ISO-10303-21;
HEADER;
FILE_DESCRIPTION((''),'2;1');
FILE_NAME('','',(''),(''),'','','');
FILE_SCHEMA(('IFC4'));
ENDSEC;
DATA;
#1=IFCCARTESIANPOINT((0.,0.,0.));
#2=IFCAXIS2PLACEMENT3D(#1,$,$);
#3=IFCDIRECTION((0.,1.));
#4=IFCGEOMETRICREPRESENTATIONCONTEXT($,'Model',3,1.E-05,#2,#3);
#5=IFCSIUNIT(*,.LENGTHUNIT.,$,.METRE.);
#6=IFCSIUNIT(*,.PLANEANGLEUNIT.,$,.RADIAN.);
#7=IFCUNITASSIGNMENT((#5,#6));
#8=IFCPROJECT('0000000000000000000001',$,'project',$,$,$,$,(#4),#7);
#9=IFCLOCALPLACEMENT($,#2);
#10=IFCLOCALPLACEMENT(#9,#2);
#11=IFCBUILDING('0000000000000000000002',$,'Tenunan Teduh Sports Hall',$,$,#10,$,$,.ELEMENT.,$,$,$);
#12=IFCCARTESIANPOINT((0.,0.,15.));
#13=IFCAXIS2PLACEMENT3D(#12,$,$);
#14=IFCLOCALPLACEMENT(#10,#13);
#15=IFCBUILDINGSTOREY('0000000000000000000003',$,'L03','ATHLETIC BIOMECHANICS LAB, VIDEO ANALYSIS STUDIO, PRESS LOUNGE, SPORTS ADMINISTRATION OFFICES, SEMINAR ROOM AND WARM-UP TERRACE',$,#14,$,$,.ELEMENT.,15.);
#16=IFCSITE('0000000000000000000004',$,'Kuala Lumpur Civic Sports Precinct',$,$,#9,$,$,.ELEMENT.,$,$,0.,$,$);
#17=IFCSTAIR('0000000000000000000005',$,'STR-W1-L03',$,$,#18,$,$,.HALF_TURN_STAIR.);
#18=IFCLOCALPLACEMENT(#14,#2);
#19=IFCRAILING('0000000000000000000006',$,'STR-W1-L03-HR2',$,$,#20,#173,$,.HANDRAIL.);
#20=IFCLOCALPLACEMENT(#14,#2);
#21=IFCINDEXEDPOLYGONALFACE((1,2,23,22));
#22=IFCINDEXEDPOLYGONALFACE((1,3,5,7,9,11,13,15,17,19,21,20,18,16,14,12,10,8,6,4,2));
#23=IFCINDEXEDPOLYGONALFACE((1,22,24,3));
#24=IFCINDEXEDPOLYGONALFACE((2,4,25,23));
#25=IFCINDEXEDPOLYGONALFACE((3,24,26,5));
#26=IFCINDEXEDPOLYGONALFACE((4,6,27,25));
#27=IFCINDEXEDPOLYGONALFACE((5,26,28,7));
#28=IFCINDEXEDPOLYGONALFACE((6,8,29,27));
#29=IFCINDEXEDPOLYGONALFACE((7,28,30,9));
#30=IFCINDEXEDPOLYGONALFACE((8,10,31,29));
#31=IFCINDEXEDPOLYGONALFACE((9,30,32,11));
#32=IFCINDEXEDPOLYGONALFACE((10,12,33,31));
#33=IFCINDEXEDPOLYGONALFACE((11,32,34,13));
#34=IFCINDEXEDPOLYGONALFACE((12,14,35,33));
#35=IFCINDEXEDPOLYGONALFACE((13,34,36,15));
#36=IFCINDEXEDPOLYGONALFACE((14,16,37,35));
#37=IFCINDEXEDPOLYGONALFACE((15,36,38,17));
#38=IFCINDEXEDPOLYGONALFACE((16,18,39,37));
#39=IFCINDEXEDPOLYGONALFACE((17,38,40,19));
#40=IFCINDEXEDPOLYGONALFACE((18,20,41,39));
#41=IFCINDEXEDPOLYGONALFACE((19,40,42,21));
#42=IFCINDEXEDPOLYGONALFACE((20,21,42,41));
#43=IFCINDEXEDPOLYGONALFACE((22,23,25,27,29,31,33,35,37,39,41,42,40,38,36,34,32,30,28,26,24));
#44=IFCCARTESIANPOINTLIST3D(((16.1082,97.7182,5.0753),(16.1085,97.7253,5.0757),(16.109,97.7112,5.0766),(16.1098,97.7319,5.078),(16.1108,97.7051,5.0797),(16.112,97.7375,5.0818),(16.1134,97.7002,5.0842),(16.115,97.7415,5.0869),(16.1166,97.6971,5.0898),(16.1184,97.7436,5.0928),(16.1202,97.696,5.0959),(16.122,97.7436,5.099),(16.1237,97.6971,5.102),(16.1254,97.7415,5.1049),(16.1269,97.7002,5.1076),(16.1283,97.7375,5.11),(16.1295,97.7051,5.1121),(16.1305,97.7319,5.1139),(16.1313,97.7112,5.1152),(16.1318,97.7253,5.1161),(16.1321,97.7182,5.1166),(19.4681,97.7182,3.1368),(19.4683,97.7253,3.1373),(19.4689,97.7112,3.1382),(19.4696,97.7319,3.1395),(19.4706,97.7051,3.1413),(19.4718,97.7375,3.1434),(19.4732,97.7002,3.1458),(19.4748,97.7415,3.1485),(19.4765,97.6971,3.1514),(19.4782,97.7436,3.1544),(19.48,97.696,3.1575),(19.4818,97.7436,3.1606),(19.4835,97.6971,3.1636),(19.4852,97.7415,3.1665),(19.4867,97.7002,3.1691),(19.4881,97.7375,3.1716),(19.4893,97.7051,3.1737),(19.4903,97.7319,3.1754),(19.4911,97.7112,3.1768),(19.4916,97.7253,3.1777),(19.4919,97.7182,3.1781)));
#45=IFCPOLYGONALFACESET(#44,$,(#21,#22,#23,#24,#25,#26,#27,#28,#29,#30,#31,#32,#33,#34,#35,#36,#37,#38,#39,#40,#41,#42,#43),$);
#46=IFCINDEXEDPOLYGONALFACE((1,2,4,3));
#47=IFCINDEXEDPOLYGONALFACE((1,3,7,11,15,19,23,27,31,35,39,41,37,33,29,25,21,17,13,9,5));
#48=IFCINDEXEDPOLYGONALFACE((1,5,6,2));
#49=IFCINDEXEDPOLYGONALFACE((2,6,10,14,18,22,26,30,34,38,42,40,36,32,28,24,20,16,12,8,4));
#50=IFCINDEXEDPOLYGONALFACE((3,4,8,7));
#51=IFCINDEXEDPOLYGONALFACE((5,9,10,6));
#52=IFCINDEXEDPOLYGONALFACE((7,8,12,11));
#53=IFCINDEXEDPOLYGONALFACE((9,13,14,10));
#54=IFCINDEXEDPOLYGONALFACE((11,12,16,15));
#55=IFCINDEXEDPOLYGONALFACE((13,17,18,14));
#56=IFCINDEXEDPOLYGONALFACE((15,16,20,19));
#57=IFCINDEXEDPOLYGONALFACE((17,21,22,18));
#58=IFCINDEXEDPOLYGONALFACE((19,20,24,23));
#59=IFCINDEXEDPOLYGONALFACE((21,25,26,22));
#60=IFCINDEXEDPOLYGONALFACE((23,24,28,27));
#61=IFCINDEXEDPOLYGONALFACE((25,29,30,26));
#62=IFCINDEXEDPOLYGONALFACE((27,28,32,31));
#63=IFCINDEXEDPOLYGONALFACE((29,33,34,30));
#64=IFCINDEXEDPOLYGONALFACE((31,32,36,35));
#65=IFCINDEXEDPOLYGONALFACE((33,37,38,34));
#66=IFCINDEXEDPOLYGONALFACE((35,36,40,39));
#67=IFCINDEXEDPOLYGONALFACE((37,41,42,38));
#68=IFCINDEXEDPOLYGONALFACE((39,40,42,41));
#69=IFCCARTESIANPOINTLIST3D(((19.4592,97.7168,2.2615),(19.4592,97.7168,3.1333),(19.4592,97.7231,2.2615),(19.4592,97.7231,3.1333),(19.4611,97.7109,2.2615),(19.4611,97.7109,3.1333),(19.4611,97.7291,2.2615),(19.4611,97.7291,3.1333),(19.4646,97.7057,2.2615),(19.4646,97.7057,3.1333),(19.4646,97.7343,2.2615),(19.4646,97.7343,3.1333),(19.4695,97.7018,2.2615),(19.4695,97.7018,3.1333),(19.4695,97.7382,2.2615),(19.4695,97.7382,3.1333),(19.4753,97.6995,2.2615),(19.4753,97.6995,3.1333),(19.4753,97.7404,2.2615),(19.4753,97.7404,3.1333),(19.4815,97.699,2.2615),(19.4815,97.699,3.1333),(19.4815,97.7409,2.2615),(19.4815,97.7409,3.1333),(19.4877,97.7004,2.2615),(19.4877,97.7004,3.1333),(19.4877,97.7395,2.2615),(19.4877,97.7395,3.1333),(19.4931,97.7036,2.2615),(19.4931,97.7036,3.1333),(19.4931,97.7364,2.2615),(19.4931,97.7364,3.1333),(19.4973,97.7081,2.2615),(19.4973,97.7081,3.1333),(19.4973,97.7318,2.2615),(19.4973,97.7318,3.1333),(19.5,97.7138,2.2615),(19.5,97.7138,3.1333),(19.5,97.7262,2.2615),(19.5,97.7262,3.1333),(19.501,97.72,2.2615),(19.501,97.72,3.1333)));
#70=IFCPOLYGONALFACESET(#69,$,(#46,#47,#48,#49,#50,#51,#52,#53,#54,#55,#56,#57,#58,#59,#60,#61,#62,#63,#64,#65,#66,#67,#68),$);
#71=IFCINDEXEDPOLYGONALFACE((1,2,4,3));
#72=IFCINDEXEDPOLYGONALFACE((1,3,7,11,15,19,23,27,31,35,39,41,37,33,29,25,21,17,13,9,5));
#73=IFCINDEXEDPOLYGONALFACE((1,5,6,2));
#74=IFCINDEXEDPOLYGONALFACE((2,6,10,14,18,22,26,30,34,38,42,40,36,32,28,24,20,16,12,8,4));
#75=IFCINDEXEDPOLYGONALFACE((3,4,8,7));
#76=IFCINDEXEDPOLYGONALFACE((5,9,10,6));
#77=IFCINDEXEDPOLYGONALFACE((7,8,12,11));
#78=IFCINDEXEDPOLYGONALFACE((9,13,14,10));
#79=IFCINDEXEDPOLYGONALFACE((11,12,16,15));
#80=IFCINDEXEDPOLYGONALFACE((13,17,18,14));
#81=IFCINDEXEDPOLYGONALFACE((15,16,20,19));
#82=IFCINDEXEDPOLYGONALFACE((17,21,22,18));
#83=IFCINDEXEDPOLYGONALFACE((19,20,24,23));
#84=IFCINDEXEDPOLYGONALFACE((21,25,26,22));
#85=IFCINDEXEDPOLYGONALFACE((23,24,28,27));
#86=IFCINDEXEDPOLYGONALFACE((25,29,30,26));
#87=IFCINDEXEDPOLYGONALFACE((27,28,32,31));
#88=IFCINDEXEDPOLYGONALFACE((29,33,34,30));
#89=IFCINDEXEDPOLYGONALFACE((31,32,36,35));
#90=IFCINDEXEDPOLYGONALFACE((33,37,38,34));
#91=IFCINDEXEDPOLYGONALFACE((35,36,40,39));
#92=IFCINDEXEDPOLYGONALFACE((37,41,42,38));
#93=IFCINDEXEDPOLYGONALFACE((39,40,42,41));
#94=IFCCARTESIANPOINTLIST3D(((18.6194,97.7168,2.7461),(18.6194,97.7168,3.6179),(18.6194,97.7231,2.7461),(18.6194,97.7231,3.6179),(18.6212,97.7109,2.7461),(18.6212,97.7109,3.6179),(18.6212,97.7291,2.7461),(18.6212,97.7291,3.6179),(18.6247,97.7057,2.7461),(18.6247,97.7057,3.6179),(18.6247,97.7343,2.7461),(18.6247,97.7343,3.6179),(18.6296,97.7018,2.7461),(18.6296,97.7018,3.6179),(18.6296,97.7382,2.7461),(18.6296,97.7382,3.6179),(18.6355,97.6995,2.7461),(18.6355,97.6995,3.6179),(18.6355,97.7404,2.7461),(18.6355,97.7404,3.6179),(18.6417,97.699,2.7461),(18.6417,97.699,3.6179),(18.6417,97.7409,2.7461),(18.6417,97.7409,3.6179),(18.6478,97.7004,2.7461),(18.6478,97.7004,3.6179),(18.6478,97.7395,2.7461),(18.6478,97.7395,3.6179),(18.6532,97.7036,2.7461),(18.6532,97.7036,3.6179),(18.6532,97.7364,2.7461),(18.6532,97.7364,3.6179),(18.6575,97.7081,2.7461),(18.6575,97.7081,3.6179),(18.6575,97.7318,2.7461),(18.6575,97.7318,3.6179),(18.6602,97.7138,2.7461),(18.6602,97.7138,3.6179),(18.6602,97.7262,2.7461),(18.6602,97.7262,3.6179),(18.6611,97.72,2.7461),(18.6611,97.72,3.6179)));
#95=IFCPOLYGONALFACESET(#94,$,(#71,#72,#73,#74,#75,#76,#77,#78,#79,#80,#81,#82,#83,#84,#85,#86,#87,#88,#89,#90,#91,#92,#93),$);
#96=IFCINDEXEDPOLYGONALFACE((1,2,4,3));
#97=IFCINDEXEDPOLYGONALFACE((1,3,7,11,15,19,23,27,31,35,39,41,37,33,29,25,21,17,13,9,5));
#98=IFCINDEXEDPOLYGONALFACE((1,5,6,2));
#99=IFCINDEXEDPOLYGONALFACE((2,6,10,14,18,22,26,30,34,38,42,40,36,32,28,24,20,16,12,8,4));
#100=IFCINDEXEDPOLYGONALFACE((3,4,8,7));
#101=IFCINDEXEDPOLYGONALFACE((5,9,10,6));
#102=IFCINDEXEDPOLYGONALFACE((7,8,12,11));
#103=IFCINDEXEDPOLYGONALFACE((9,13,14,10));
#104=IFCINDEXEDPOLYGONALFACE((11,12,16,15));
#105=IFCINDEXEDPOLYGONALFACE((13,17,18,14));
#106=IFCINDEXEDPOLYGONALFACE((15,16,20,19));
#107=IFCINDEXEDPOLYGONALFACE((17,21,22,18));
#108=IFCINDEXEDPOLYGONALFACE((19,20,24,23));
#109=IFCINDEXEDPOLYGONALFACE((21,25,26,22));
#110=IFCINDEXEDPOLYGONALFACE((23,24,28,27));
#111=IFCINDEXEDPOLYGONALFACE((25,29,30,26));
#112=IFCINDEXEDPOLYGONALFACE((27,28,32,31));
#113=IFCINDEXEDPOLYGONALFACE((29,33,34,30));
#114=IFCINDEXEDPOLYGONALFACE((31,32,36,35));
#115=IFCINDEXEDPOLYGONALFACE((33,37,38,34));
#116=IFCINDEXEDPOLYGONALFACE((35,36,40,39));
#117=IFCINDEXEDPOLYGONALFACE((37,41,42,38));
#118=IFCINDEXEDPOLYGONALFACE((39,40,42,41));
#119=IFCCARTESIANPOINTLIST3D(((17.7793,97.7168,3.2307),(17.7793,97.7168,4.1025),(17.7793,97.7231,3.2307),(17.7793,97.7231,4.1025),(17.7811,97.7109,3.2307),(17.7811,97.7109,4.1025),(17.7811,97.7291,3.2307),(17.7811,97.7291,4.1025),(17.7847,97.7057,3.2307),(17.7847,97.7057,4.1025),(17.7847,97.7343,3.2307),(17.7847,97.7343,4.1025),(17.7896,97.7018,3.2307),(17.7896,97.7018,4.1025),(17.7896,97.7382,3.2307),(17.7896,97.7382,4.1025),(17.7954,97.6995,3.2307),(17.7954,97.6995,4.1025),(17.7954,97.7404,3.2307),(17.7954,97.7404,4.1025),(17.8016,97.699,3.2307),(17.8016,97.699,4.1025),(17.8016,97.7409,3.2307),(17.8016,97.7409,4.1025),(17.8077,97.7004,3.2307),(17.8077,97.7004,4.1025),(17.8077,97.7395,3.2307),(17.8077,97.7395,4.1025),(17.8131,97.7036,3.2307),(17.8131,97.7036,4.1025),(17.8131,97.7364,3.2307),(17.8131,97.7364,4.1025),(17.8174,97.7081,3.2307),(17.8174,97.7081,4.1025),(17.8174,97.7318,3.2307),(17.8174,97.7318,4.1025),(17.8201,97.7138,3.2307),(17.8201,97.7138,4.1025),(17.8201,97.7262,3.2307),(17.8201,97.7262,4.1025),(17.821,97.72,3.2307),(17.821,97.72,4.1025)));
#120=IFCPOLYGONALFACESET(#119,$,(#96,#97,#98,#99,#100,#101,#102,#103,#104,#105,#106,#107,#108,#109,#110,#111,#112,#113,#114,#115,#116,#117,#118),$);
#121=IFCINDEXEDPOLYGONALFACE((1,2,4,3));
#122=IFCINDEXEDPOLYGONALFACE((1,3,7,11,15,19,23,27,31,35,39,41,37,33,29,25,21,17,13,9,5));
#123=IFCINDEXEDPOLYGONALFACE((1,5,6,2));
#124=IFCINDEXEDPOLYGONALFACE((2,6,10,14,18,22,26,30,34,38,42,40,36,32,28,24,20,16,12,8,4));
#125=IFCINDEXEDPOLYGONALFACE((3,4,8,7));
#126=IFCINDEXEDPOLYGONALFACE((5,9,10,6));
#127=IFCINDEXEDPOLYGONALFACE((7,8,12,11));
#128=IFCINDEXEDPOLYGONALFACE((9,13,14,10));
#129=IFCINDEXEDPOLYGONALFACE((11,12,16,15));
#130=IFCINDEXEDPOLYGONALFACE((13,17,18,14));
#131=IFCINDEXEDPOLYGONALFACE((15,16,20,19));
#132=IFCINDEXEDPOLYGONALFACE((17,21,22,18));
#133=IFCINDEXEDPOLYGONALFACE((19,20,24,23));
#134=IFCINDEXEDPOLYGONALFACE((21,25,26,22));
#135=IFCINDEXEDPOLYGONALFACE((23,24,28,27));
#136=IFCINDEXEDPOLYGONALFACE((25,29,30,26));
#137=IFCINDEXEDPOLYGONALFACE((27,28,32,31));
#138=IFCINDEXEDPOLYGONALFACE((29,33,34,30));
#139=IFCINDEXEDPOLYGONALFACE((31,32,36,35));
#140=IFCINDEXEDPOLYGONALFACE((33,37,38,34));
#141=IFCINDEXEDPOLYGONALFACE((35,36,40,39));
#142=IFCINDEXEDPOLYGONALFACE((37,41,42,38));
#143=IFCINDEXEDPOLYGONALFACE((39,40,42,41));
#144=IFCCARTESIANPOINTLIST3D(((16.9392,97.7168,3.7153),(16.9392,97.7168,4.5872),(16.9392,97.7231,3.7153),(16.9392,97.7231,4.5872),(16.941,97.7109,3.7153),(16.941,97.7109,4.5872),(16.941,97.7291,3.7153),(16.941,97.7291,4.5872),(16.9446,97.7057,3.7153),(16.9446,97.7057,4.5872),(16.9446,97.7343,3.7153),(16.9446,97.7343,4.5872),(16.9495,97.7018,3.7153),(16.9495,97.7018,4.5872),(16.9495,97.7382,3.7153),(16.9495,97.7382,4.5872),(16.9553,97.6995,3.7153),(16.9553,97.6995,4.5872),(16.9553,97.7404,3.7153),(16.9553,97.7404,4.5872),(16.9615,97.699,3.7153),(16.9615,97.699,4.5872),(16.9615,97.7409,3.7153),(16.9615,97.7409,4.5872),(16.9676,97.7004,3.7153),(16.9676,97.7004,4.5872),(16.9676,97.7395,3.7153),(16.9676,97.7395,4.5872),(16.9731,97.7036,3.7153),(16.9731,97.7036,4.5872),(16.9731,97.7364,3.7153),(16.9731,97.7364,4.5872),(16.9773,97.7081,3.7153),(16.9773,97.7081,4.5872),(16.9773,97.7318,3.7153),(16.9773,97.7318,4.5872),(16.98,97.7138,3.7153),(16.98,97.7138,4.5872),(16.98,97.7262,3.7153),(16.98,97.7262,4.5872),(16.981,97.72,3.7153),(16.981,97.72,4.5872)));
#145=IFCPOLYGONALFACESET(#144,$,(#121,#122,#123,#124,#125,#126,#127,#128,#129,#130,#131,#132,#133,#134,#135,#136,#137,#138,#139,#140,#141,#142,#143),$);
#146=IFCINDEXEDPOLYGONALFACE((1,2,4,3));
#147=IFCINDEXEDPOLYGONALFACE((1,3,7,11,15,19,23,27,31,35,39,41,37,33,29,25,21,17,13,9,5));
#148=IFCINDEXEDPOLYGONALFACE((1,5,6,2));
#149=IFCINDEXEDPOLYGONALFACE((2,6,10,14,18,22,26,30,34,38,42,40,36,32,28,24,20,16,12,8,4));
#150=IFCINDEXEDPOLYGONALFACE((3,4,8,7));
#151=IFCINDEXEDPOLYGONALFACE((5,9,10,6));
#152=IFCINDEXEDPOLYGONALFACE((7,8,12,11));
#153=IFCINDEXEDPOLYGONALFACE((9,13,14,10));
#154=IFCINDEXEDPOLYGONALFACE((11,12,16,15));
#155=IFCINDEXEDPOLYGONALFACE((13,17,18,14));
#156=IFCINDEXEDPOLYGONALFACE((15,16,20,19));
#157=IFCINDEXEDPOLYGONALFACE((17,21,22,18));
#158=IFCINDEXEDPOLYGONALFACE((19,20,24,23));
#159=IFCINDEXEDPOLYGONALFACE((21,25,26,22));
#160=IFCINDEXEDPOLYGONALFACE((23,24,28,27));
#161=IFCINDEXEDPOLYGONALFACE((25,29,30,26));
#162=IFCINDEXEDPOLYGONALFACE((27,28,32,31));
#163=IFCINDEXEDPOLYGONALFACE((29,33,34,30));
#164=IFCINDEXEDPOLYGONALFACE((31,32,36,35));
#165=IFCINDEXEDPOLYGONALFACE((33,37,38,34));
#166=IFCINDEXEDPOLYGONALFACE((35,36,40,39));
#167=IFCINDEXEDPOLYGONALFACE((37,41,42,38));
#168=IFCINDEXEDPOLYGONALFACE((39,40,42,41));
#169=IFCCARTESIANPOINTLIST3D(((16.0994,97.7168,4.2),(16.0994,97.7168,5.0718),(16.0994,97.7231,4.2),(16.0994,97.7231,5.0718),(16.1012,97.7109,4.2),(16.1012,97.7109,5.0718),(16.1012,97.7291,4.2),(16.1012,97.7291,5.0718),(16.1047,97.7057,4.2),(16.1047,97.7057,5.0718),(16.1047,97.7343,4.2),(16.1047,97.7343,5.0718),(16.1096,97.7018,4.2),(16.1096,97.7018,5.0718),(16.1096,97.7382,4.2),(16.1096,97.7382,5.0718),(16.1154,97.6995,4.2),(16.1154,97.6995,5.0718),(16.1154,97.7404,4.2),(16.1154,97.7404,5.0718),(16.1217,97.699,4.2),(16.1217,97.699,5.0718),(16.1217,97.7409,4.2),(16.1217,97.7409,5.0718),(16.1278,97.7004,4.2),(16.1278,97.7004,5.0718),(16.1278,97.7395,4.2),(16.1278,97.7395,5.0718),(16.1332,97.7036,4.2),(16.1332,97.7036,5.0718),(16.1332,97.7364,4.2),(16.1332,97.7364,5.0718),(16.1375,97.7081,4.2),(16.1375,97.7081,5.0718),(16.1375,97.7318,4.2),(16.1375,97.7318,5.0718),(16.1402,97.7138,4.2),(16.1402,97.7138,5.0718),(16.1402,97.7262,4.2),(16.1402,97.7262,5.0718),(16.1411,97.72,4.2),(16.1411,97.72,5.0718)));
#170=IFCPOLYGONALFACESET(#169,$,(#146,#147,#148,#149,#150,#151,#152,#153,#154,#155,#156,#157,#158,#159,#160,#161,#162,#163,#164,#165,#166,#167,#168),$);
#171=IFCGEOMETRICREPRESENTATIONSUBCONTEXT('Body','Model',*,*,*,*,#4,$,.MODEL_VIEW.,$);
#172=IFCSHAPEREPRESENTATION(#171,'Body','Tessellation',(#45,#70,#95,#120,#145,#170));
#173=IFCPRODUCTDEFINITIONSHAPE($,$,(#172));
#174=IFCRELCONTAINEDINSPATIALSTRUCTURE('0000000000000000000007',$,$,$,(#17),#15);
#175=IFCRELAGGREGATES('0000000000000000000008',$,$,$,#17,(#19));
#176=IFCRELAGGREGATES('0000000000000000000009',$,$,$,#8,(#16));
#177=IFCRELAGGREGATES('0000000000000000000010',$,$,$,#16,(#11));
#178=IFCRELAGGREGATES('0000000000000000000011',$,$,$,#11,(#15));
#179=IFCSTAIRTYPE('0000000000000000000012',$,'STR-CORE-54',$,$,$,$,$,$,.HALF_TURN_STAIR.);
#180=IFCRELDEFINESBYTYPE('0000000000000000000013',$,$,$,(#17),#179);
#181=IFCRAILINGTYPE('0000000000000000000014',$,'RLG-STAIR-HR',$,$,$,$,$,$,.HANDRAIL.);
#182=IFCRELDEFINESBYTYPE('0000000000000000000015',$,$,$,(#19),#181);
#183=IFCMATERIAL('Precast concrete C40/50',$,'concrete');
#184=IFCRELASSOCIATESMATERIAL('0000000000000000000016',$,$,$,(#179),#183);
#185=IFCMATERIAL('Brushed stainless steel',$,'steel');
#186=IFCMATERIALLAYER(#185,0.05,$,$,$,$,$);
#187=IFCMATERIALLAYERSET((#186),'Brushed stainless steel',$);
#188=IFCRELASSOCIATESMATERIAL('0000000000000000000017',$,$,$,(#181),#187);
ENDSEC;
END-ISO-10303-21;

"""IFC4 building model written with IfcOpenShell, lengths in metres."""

from ifc_helpers import new_model, si_unit, direction, frame, origin, origin_2d, place, context, subcontext, project, spatial, circle, extrude, material, layer, layer_set, type_object, element, aggregate, save


model = new_model("IFC4")

# Units and contexts
model_context = context("Model", 3, precision=1e-05, world=origin(), true_north=direction((0.0, 1.0)))
body_context = subcontext(model_context, "Body", "Model", "MODEL_VIEW")
ifc_project = project(units=[si_unit("LENGTHUNIT", "METRE"), si_unit("PLANEANGLEUNIT", "RADIAN")], contexts=[model_context])

# Site, building, storey
site_placement = place(None, origin())
site = spatial("IfcSite", under=ifc_project, at=site_placement, Name="Kuala Lumpur Civic Sports Precinct", CompositionType="ELEMENT", RefElevation=0.0)
building_placement = place(site_placement, origin())
building = spatial("IfcBuilding", under=site, at=building_placement, Name="Tenunan Teduh Sports Hall", CompositionType="ELEMENT")
storey_placement = place(building_placement, frame((0.0, 0.0, 15.0)))
storey = spatial("IfcBuildingStorey", under=building, at=storey_placement, Name="L03", Description="ATHLETIC BIOMECHANICS LAB, VIDEO ANALYSIS STUDIO, PRESS LOUNGE, SPORTS ADMINISTRATION OFFICES, SEMINAR ROOM AND WARM-UP TERRACE", CompositionType="ELEMENT", Elevation=15.0)

# Stair
ifc_material_1 = material(Name="Precast concrete C40/50", Category="concrete")
stair_type = type_object("IfcStairType", Name="STR-CORE-54", PredefinedType="HALF_TURN_STAIR", material=ifc_material_1)
stair_placement = place(storey_placement, origin())
stair = element("IfcStair", 1, at=stair_placement, inside=storey, type_object=stair_type, Name="STR-W1-L03", PredefinedType="HALF_TURN_STAIR")

# Railing
ifc_material_2 = material(Name="Brushed stainless steel", Category="steel")
ifc_layer_1 = layer(ifc_material_2, 0.05)
ifc_layer_set_1 = layer_set([ifc_layer_1], Name="Brushed stainless steel")
railing_type_1 = type_object("IfcRailingType", Name="RLG-STAIR-HR", PredefinedType="HANDRAIL", material=ifc_layer_set_1)
railing_1_placement = place(storey_placement, frame((19.48, 97.72, 2.2615)))
railing_1 = element("IfcRailing", 2, at=railing_1_placement, type_object=railing_type_1, Name="STR-W1-L03-HR2", PredefinedType="HANDRAIL", context=body_context, shape_type="SweptSolid", body=[
    extrude(circle(Radius=0.0239, at=origin_2d()), frame((0.0, 0.0, 0.896), z_axis=(-0.866175, 0.0, 0.499741), x_axis=(0.0, -1.0, 0.0)), (0.0, 0.0, 1.0), 3.8789),
    extrude(circle(Radius=0.021, at=origin_2d()), origin(), (0.0, 0.0, 1.0), 0.8718),
    extrude(circle(Radius=0.021, at=origin_2d()), frame((-0.8398, 0.0, 0.4846)), (0.0, 0.0, 1.0), 0.8718),
    extrude(circle(Radius=0.021, at=origin_2d()), frame((-1.6799, 0.0, 0.9692)), (0.0, 0.0, 1.0), 0.8718),
    extrude(circle(Radius=0.021, at=origin_2d()), frame((-2.52, 0.0, 1.4539)), (0.0, 0.0, 1.0), 0.8718),
    extrude(circle(Radius=0.021, at=origin_2d()), frame((-3.3599, 0.0, 1.9385)), (0.0, 0.0, 1.0), 0.8718),
])
aggregate(stair, [railing_1])

save(model, "model.ifc")
